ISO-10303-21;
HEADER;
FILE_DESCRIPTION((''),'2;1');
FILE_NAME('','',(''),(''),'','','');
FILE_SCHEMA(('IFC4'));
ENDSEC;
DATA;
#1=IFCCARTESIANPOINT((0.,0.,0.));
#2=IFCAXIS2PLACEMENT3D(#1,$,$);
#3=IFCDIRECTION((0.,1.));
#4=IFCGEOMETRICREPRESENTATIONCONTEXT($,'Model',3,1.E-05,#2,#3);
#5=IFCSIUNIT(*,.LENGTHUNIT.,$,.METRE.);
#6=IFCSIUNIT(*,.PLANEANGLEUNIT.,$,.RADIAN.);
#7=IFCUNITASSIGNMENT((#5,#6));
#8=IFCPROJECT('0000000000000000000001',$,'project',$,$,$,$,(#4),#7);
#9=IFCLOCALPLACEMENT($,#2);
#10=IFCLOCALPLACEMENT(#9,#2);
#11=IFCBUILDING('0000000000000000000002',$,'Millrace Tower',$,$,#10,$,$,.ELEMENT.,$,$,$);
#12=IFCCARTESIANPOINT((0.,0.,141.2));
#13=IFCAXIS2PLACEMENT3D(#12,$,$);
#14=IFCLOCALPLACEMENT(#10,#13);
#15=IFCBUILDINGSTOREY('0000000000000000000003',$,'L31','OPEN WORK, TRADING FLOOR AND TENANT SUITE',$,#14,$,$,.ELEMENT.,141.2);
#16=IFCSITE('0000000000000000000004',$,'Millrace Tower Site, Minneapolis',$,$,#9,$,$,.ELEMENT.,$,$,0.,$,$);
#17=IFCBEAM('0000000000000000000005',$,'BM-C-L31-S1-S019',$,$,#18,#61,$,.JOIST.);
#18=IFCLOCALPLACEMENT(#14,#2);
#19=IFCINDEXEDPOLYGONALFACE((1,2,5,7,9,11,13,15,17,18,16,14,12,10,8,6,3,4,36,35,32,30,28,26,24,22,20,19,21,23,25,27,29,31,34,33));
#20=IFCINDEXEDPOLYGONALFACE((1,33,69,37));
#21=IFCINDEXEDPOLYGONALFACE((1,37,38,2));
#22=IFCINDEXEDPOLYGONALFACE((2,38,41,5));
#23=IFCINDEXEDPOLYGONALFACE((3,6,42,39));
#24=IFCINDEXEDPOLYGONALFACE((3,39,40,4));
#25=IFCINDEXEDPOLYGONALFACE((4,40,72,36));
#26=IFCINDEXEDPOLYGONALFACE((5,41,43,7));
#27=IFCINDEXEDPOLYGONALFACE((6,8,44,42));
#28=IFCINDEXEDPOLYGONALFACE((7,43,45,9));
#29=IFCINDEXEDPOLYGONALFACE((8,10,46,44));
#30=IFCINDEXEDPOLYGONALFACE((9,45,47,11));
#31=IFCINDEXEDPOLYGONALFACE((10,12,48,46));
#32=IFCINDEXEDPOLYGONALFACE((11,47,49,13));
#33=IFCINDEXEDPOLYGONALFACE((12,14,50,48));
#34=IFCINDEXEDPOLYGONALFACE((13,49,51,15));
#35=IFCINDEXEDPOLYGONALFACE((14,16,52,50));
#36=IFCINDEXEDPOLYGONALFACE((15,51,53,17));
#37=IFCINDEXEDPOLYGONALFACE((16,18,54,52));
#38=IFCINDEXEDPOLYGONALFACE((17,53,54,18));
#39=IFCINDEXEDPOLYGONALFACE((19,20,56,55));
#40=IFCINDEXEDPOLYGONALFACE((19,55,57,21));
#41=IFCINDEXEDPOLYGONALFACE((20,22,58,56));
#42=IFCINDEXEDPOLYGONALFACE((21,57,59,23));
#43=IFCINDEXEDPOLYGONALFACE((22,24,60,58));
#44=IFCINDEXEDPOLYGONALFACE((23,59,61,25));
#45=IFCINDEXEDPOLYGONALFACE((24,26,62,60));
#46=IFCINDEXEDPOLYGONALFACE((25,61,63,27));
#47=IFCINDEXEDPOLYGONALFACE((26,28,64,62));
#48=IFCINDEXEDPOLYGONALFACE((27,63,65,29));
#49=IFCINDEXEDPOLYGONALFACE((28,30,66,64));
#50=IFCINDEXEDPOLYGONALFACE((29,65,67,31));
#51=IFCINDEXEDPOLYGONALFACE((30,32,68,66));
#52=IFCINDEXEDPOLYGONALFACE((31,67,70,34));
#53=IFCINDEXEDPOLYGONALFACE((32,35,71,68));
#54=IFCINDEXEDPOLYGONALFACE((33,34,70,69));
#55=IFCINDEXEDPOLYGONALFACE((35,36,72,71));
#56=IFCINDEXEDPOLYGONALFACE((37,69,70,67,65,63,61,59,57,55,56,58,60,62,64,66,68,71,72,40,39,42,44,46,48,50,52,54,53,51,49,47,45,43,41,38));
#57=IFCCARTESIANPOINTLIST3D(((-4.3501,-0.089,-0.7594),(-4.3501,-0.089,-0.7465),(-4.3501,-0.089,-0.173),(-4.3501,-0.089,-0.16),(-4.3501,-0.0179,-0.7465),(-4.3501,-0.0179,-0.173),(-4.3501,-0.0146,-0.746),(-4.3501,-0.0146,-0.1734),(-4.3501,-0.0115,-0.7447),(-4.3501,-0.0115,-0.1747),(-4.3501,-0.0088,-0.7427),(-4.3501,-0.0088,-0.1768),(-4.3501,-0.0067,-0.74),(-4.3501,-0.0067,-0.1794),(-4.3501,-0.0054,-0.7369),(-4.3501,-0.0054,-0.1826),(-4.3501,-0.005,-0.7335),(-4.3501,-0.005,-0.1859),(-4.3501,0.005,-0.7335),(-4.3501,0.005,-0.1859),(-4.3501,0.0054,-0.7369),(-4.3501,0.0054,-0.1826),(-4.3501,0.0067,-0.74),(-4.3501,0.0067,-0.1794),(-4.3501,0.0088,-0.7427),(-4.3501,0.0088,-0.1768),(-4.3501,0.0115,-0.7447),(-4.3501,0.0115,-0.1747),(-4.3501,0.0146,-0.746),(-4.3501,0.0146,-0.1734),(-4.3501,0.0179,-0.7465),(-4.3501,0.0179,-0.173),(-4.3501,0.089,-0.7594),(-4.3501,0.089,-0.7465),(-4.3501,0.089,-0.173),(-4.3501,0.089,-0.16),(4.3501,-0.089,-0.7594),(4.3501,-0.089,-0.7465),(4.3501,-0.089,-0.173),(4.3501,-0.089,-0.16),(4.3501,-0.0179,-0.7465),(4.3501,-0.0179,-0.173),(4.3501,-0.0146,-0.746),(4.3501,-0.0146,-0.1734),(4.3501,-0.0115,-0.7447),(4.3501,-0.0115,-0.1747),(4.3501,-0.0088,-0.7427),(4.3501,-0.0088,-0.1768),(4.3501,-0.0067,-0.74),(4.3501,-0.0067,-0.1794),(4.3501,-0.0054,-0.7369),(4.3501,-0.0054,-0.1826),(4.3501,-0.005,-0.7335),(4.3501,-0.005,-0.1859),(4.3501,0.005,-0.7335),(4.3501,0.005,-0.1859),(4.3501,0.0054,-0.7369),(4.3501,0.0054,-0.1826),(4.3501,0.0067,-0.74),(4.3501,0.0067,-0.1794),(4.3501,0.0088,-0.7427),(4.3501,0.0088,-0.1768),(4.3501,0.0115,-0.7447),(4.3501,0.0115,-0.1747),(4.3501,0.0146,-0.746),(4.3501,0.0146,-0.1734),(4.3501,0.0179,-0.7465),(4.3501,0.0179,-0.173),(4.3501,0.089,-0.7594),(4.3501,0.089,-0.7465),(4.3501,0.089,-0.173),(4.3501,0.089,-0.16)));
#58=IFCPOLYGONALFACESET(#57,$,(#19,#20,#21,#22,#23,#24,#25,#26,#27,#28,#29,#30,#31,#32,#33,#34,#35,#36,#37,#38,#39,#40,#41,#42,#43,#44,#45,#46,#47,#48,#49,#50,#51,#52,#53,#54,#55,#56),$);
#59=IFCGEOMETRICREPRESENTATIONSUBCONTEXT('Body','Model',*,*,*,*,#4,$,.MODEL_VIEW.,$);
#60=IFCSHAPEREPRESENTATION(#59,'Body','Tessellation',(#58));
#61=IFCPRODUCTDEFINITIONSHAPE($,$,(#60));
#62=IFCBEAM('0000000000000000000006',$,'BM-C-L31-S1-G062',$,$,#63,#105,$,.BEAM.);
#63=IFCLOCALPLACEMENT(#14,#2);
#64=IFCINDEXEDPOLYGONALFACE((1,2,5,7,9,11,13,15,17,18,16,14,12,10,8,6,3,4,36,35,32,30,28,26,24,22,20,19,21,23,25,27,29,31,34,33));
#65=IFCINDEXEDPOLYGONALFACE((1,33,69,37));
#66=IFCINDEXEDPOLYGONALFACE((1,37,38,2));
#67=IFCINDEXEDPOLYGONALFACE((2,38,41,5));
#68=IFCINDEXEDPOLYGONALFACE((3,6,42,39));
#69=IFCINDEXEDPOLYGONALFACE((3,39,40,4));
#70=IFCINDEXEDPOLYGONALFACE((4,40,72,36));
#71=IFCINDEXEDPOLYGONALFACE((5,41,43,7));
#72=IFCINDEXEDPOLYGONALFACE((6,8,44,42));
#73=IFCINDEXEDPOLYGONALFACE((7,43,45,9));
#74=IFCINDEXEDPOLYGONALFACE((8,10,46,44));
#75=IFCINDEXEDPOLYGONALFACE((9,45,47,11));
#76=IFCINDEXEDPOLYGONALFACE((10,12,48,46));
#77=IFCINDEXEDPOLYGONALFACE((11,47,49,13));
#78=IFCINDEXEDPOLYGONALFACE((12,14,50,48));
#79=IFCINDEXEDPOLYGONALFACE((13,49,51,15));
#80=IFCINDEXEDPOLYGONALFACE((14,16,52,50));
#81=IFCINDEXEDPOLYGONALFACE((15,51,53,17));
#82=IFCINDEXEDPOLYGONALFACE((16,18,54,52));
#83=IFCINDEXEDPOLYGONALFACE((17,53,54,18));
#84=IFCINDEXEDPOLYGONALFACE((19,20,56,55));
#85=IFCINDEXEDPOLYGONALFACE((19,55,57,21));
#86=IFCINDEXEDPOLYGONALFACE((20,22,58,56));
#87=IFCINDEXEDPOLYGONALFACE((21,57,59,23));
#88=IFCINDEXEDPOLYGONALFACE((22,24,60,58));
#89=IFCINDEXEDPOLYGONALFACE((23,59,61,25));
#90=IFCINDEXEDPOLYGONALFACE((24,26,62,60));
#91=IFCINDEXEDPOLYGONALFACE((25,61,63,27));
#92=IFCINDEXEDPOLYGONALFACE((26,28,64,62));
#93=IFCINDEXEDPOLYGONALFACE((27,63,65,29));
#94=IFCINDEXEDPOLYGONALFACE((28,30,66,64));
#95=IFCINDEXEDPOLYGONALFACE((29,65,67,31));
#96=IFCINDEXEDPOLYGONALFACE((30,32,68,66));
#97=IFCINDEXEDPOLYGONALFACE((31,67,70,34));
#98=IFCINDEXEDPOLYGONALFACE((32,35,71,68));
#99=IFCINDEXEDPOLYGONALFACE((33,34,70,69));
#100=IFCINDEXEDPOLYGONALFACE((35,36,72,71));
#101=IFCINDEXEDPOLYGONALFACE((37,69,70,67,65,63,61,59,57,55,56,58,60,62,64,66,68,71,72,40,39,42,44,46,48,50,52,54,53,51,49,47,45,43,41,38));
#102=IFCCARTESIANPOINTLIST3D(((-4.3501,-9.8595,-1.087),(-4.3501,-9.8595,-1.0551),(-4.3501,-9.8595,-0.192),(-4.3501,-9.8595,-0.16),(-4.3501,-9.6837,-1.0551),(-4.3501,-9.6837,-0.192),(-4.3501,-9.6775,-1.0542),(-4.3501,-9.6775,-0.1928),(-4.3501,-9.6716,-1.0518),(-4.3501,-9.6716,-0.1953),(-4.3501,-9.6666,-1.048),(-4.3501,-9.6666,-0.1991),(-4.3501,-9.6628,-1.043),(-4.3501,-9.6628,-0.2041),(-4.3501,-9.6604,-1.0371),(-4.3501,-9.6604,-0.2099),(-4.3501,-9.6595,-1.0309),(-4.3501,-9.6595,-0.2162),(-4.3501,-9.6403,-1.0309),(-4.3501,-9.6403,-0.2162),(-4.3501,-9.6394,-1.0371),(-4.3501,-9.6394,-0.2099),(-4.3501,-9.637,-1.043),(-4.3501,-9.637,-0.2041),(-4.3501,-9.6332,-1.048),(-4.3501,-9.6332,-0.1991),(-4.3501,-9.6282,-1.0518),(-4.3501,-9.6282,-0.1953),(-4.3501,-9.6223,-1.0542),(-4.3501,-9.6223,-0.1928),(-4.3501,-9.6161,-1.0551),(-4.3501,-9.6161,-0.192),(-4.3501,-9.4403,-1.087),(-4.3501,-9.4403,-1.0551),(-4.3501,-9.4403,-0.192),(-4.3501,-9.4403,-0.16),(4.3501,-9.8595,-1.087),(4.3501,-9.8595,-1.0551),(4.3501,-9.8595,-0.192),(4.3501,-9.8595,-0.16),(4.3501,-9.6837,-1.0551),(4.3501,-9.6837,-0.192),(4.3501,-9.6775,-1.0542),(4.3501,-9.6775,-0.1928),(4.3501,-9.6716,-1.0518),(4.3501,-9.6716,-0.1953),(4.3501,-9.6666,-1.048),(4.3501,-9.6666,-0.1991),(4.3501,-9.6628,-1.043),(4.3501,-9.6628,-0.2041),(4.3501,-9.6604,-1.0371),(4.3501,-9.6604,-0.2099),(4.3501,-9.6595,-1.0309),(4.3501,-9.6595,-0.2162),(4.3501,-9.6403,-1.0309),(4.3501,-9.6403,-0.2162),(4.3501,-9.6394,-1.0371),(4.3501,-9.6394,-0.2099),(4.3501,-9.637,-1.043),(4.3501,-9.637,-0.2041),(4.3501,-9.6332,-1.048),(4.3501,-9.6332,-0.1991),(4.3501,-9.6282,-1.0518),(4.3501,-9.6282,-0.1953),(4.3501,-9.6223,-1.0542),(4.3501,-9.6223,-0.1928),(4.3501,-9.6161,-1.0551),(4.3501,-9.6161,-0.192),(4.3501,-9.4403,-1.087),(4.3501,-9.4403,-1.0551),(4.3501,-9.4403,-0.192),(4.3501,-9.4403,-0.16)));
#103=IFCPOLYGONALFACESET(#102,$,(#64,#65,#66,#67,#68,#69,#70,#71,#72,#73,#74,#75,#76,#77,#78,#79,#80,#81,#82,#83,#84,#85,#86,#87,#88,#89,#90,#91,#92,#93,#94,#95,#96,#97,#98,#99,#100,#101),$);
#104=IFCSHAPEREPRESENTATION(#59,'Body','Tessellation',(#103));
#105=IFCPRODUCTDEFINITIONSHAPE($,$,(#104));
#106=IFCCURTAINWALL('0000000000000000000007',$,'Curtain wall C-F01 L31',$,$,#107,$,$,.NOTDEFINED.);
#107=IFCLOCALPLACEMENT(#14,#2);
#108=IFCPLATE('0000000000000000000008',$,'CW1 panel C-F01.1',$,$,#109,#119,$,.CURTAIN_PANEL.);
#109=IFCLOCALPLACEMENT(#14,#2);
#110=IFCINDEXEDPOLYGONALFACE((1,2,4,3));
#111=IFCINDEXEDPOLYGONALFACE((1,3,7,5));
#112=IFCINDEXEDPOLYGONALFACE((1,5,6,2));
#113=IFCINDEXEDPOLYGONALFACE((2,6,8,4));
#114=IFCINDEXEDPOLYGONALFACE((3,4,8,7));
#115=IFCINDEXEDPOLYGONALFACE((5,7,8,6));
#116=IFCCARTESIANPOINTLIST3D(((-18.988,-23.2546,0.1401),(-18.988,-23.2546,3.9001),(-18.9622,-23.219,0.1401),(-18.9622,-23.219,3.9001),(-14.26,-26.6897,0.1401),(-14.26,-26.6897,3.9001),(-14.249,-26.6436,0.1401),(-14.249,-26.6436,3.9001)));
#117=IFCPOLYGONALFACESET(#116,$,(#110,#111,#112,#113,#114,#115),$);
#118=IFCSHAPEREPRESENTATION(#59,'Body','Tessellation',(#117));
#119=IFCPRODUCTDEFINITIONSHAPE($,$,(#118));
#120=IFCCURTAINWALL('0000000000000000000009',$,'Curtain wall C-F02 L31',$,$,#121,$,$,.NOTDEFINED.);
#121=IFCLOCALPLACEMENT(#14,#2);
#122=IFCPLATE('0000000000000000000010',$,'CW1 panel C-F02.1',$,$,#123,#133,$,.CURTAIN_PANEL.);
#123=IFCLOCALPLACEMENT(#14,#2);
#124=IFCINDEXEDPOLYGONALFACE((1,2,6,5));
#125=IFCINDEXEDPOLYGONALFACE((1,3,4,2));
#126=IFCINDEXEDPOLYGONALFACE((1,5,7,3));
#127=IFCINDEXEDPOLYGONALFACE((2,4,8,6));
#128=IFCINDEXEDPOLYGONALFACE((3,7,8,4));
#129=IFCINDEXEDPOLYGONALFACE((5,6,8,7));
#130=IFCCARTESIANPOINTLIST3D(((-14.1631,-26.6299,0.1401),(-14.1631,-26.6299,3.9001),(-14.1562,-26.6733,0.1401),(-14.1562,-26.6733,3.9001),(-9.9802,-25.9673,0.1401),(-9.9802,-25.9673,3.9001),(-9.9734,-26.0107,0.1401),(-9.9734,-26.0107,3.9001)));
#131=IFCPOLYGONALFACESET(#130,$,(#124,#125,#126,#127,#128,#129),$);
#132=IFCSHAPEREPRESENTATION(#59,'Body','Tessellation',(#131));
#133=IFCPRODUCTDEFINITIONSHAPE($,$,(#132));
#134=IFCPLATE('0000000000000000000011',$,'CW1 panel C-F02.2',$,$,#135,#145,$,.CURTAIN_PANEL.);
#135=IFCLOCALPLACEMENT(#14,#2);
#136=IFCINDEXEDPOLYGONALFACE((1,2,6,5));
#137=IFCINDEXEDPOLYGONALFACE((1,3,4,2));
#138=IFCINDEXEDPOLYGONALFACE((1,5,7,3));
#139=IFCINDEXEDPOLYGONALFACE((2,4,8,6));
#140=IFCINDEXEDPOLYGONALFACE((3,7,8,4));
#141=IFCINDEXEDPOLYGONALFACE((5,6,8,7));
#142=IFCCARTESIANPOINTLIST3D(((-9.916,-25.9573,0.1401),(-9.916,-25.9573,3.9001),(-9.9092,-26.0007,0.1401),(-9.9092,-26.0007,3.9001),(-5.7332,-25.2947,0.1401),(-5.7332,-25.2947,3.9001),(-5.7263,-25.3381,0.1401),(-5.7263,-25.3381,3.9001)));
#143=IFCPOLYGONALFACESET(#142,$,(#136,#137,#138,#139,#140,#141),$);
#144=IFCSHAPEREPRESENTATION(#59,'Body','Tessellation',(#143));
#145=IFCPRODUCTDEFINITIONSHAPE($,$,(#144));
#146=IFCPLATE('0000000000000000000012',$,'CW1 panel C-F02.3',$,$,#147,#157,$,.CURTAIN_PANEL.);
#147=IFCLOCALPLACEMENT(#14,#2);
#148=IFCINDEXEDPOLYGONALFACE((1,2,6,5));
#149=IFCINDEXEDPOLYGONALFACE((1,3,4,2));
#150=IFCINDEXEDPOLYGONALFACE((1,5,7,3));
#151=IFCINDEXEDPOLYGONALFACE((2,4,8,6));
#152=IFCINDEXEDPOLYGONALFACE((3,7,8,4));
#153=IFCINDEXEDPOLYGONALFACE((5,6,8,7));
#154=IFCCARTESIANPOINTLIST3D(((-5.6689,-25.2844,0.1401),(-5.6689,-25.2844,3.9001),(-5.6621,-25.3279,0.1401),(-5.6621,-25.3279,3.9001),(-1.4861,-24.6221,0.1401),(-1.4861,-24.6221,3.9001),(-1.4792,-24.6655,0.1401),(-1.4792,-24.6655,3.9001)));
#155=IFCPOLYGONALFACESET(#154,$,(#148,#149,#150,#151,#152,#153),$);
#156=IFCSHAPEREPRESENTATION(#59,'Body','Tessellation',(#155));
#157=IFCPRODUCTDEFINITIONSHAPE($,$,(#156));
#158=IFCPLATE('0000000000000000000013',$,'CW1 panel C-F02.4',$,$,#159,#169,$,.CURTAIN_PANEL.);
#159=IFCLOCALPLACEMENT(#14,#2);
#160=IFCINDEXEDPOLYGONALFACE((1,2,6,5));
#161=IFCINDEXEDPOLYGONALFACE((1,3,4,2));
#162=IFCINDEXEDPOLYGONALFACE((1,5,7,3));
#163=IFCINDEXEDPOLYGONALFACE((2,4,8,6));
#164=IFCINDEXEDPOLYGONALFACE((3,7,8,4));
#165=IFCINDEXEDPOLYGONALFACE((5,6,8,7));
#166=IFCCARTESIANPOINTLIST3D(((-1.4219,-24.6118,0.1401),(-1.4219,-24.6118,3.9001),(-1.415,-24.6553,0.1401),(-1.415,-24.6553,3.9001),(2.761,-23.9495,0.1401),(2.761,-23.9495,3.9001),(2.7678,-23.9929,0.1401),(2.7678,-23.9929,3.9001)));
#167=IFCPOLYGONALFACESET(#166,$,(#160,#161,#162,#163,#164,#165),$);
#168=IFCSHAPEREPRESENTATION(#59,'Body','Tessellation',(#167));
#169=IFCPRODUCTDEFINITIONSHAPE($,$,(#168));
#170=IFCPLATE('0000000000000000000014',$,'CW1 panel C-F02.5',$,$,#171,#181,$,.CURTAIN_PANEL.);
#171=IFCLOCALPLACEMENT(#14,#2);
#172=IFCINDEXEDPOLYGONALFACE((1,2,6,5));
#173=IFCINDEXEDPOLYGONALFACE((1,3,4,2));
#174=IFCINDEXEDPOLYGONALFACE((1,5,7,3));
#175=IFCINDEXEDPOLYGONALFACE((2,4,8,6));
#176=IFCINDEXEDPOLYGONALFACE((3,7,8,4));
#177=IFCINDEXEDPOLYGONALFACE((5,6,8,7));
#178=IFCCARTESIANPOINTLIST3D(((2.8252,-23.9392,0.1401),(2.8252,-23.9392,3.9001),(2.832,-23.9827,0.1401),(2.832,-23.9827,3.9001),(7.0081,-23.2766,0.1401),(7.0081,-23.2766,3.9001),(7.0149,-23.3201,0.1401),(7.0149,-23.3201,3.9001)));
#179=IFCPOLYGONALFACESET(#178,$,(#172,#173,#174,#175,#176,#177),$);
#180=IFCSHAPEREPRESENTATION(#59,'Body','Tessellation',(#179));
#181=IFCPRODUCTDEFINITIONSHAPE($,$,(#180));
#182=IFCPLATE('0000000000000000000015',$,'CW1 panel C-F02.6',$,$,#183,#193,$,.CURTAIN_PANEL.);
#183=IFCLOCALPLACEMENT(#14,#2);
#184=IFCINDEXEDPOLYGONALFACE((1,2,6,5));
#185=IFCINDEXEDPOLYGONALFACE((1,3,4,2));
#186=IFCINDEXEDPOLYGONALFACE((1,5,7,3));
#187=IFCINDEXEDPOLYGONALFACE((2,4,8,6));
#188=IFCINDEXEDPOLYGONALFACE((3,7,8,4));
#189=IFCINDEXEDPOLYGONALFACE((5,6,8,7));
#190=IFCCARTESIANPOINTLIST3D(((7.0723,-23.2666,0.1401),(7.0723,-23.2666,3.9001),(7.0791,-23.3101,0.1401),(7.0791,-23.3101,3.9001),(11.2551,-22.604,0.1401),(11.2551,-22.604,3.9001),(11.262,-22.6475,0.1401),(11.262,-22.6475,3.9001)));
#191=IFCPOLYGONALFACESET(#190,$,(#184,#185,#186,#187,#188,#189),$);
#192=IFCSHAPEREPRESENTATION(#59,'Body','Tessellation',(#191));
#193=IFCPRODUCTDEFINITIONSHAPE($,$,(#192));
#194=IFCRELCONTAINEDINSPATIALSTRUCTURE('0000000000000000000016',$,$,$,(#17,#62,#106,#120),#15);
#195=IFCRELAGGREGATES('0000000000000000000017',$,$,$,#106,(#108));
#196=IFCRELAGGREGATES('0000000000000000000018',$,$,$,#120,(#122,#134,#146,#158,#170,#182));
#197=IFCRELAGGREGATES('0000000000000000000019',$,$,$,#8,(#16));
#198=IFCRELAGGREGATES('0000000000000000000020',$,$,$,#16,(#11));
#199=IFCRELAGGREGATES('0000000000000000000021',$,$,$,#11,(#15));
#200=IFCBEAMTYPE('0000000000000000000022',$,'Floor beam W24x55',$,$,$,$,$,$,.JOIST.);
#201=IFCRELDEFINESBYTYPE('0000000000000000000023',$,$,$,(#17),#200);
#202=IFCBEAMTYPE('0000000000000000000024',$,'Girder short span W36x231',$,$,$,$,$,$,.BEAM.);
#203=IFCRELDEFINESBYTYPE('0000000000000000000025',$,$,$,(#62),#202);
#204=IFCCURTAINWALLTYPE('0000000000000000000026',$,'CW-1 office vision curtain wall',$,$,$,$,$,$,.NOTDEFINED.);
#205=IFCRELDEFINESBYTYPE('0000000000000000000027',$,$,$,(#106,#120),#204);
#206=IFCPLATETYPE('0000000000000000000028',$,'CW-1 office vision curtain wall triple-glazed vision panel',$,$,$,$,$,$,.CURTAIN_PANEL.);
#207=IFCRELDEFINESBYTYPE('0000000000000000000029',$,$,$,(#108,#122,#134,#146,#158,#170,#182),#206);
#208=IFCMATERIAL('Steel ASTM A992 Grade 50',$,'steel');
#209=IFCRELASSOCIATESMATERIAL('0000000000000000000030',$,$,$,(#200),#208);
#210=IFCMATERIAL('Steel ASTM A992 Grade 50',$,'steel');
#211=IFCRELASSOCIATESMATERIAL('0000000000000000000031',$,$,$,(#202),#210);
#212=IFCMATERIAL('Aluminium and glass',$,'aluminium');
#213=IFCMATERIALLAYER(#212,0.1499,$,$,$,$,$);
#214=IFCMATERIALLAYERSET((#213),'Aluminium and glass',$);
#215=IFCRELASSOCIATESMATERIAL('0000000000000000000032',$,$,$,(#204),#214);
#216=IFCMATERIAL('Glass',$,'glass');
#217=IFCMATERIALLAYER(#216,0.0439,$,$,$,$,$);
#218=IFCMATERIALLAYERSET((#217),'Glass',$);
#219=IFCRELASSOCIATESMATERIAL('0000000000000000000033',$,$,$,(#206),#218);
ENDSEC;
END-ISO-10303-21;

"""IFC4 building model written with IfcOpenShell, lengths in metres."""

from ifc_helpers import new_model, si_unit, direction, frame, origin, origin_2d, place, context, subcontext, project, spatial, polyline, i_section, outline, extrude, material, layer, layer_set, material_profile, profile_set, type_object, element, aggregate, save


model = new_model("IFC4")

# Units and contexts
model_context = context("Model", 3, precision=1e-05, world=origin(), true_north=direction((0.0, 1.0)))
body_context = subcontext(model_context, "Body", "Model", "MODEL_VIEW")
ifc_project = project(units=[si_unit("LENGTHUNIT", "METRE"), si_unit("PLANEANGLEUNIT", "RADIAN")], contexts=[model_context])

# Site, building, storey
site_placement = place(None, origin())
site = spatial("IfcSite", under=ifc_project, at=site_placement, Name="Millrace Tower Site, Minneapolis", CompositionType="ELEMENT", RefElevation=0.0)
building_placement = place(site_placement, origin())
building = spatial("IfcBuilding", under=site, at=building_placement, Name="Millrace Tower", CompositionType="ELEMENT")
storey_placement = place(building_placement, frame((0.0, 0.0, 141.2)))
storey = spatial("IfcBuildingStorey", under=building, at=storey_placement, Name="L31", Description="OPEN WORK, TRADING FLOOR AND TENANT SUITE", CompositionType="ELEMENT", Elevation=141.2)

# Beams
ifc_material_1 = material(Name="Steel ASTM A992 Grade 50", Category="steel")
ifc_material_profile_1 = material_profile(ifc_material_1, i_section(OverallWidth=0.178, OverallDepth=0.5994, WebThickness=0.01, FlangeThickness=0.0129, FilletRadius=0.0129, at=origin_2d()))
ifc_profile_set_1 = profile_set([ifc_material_profile_1], Name="Steel ASTM A992 Grade 50")
beam_type_1 = type_object("IfcBeamType", Name="Floor beam W24x55", PredefinedType="JOIST", material=ifc_profile_set_1)
for number, where, z_axis, x_axis, name in (
    (1, (-4.3501, 0.0, -0.4597), (1.0, 0.0, 0.0), (0.0, 1.0, 0.0), "BM-C-L31-S1-S019"),
):
    element("IfcBeam", number, at=place(storey_placement, frame(where, z_axis=z_axis, x_axis=x_axis)), inside=storey, type_object=beam_type_1, Name=name, PredefinedType="JOIST", context=body_context, shape_type="SweptSolid", body=[
        extrude(i_section(OverallWidth=0.178, OverallDepth=0.5994, WebThickness=0.01, FlangeThickness=0.0129, FilletRadius=0.0129, at=origin_2d()), origin(), (0.0, 0.0, 1.0), 8.7002),
    ])
ifc_material_2 = material(Name="Steel ASTM A992 Grade 50", Category="steel")
ifc_material_profile_2 = material_profile(ifc_material_2, i_section(OverallWidth=0.4192, OverallDepth=0.927, WebThickness=0.0193, FlangeThickness=0.032, FilletRadius=0.0242, at=origin_2d()))
ifc_profile_set_2 = profile_set([ifc_material_profile_2], Name="Steel ASTM A992 Grade 50")
beam_type_2 = type_object("IfcBeamType", Name="Girder short span W36x231", PredefinedType="BEAM", material=ifc_profile_set_2)
beam_1_placement = place(storey_placement, frame((-4.3501, -9.6499, -0.6235), z_axis=(1.0, 0.0, 0.0), x_axis=(0.0, 1.0, 0.0)))
element("IfcBeam", 2, at=beam_1_placement, inside=storey, type_object=beam_type_2, Name="BM-C-L31-S1-G062", PredefinedType="BEAM", context=body_context, shape_type="SweptSolid", body=[
    extrude(i_section(OverallWidth=0.4192, OverallDepth=0.927, WebThickness=0.0193, FlangeThickness=0.032, FilletRadius=0.0242, at=origin_2d()), origin(), (0.0, 0.0, 1.0), 8.7002),
])

# Curtain wall, plate
ifc_material_3 = material(Name="Aluminium and glass", Category="aluminium")
ifc_layer_1 = layer(ifc_material_3, 0.1499)
ifc_layer_set_1 = layer_set([ifc_layer_1], Name="Aluminium and glass")
curtain_wall_type = type_object("IfcCurtainWallType", Name="CW-1 office vision curtain wall", PredefinedType="NOTDEFINED", material=ifc_layer_set_1)
placement_1 = place(storey_placement, origin())
curtain_wall_1 = element("IfcCurtainWall", 3, at=placement_1, inside=storey, type_object=curtain_wall_type, Name="Curtain wall C-F01 L31", PredefinedType="NOTDEFINED")
ifc_material_4 = material(Name="Glass", Category="glass")
ifc_layer_2 = layer(ifc_material_4, 0.0439)
ifc_layer_set_2 = layer_set([ifc_layer_2], Name="Glass")
plate_type = type_object("IfcPlateType", Name="CW-1 office vision curtain wall triple-glazed vision panel", PredefinedType="CURTAIN_PANEL", material=ifc_layer_set_2)
placement_2 = place(storey_placement, frame((0.0, 0.0, 0.1401)))
plate_1 = element("IfcPlate", 4, at=placement_2, type_object=plate_type, Name="CW1 panel C-F01.1", PredefinedType="CURTAIN_PANEL", context=body_context, shape_type="SweptSolid", body=[
    extrude(outline(polyline([(-18.988, -23.2546), (-14.26, -26.6897), (-14.249, -26.6436), (-18.9622, -23.219), (-18.988, -23.2546)])), origin(), (0.0, 0.0, 1.0), 3.76),
])
aggregate(curtain_wall_1, [plate_1])

# Curtain wall, plates
curtain_wall_2 = element("IfcCurtainWall", 5, at=placement_1, inside=storey, type_object=curtain_wall_type, Name="Curtain wall C-F02 L31", PredefinedType="NOTDEFINED")
plate_2 = element("IfcPlate", 6, at=placement_2, type_object=plate_type, Name="CW1 panel C-F02.1", PredefinedType="CURTAIN_PANEL", context=body_context, shape_type="SweptSolid", body=[
    extrude(outline(polyline([(-14.1562, -26.6733), (-9.9734, -26.0107), (-9.9802, -25.9673), (-14.1631, -26.6299), (-14.1562, -26.6733)])), origin(), (0.0, 0.0, 1.0), 3.76),
])
plate_3 = element("IfcPlate", 7, at=placement_2, type_object=plate_type, Name="CW1 panel C-F02.2", PredefinedType="CURTAIN_PANEL", context=body_context, shape_type="SweptSolid", body=[
    extrude(outline(polyline([(-9.9092, -26.0007), (-5.7263, -25.3381), (-5.7332, -25.2947), (-9.916, -25.9573), (-9.9092, -26.0007)])), origin(), (0.0, 0.0, 1.0), 3.76),
])
plate_4 = element("IfcPlate", 8, at=placement_2, type_object=plate_type, Name="CW1 panel C-F02.3", PredefinedType="CURTAIN_PANEL", context=body_context, shape_type="SweptSolid", body=[
    extrude(outline(polyline([(-5.6621, -25.3279), (-1.4792, -24.6655), (-1.4861, -24.6221), (-5.6689, -25.2844), (-5.6621, -25.3279)])), origin(), (0.0, 0.0, 1.0), 3.76),
])
plate_5 = element("IfcPlate", 9, at=placement_2, type_object=plate_type, Name="CW1 panel C-F02.4", PredefinedType="CURTAIN_PANEL", context=body_context, shape_type="SweptSolid", body=[
    extrude(outline(polyline([(-1.415, -24.6553), (2.7678, -23.9929), (2.761, -23.9495), (-1.4219, -24.6118), (-1.415, -24.6553)])), origin(), (0.0, 0.0, 1.0), 3.76),
])
plate_6 = element("IfcPlate", 10, at=placement_2, type_object=plate_type, Name="CW1 panel C-F02.5", PredefinedType="CURTAIN_PANEL", context=body_context, shape_type="SweptSolid", body=[
    extrude(outline(polyline([(2.832, -23.9827), (7.0149, -23.3201), (7.0081, -23.2766), (2.8252, -23.9392), (2.832, -23.9827)])), origin(), (0.0, 0.0, 1.0), 3.76),
])
plate_7 = element("IfcPlate", 11, at=placement_2, type_object=plate_type, Name="CW1 panel C-F02.6", PredefinedType="CURTAIN_PANEL", context=body_context, shape_type="SweptSolid", body=[
    extrude(outline(polyline([(7.0791, -23.3101), (11.262, -22.6475), (11.2551, -22.604), (7.0723, -23.2666), (7.0791, -23.3101)])), origin(), (0.0, 0.0, 1.0), 3.76),
])
aggregate(curtain_wall_2, [plate_2, plate_3, plate_4, plate_5, plate_6, plate_7])

save(model, "model.ifc")
